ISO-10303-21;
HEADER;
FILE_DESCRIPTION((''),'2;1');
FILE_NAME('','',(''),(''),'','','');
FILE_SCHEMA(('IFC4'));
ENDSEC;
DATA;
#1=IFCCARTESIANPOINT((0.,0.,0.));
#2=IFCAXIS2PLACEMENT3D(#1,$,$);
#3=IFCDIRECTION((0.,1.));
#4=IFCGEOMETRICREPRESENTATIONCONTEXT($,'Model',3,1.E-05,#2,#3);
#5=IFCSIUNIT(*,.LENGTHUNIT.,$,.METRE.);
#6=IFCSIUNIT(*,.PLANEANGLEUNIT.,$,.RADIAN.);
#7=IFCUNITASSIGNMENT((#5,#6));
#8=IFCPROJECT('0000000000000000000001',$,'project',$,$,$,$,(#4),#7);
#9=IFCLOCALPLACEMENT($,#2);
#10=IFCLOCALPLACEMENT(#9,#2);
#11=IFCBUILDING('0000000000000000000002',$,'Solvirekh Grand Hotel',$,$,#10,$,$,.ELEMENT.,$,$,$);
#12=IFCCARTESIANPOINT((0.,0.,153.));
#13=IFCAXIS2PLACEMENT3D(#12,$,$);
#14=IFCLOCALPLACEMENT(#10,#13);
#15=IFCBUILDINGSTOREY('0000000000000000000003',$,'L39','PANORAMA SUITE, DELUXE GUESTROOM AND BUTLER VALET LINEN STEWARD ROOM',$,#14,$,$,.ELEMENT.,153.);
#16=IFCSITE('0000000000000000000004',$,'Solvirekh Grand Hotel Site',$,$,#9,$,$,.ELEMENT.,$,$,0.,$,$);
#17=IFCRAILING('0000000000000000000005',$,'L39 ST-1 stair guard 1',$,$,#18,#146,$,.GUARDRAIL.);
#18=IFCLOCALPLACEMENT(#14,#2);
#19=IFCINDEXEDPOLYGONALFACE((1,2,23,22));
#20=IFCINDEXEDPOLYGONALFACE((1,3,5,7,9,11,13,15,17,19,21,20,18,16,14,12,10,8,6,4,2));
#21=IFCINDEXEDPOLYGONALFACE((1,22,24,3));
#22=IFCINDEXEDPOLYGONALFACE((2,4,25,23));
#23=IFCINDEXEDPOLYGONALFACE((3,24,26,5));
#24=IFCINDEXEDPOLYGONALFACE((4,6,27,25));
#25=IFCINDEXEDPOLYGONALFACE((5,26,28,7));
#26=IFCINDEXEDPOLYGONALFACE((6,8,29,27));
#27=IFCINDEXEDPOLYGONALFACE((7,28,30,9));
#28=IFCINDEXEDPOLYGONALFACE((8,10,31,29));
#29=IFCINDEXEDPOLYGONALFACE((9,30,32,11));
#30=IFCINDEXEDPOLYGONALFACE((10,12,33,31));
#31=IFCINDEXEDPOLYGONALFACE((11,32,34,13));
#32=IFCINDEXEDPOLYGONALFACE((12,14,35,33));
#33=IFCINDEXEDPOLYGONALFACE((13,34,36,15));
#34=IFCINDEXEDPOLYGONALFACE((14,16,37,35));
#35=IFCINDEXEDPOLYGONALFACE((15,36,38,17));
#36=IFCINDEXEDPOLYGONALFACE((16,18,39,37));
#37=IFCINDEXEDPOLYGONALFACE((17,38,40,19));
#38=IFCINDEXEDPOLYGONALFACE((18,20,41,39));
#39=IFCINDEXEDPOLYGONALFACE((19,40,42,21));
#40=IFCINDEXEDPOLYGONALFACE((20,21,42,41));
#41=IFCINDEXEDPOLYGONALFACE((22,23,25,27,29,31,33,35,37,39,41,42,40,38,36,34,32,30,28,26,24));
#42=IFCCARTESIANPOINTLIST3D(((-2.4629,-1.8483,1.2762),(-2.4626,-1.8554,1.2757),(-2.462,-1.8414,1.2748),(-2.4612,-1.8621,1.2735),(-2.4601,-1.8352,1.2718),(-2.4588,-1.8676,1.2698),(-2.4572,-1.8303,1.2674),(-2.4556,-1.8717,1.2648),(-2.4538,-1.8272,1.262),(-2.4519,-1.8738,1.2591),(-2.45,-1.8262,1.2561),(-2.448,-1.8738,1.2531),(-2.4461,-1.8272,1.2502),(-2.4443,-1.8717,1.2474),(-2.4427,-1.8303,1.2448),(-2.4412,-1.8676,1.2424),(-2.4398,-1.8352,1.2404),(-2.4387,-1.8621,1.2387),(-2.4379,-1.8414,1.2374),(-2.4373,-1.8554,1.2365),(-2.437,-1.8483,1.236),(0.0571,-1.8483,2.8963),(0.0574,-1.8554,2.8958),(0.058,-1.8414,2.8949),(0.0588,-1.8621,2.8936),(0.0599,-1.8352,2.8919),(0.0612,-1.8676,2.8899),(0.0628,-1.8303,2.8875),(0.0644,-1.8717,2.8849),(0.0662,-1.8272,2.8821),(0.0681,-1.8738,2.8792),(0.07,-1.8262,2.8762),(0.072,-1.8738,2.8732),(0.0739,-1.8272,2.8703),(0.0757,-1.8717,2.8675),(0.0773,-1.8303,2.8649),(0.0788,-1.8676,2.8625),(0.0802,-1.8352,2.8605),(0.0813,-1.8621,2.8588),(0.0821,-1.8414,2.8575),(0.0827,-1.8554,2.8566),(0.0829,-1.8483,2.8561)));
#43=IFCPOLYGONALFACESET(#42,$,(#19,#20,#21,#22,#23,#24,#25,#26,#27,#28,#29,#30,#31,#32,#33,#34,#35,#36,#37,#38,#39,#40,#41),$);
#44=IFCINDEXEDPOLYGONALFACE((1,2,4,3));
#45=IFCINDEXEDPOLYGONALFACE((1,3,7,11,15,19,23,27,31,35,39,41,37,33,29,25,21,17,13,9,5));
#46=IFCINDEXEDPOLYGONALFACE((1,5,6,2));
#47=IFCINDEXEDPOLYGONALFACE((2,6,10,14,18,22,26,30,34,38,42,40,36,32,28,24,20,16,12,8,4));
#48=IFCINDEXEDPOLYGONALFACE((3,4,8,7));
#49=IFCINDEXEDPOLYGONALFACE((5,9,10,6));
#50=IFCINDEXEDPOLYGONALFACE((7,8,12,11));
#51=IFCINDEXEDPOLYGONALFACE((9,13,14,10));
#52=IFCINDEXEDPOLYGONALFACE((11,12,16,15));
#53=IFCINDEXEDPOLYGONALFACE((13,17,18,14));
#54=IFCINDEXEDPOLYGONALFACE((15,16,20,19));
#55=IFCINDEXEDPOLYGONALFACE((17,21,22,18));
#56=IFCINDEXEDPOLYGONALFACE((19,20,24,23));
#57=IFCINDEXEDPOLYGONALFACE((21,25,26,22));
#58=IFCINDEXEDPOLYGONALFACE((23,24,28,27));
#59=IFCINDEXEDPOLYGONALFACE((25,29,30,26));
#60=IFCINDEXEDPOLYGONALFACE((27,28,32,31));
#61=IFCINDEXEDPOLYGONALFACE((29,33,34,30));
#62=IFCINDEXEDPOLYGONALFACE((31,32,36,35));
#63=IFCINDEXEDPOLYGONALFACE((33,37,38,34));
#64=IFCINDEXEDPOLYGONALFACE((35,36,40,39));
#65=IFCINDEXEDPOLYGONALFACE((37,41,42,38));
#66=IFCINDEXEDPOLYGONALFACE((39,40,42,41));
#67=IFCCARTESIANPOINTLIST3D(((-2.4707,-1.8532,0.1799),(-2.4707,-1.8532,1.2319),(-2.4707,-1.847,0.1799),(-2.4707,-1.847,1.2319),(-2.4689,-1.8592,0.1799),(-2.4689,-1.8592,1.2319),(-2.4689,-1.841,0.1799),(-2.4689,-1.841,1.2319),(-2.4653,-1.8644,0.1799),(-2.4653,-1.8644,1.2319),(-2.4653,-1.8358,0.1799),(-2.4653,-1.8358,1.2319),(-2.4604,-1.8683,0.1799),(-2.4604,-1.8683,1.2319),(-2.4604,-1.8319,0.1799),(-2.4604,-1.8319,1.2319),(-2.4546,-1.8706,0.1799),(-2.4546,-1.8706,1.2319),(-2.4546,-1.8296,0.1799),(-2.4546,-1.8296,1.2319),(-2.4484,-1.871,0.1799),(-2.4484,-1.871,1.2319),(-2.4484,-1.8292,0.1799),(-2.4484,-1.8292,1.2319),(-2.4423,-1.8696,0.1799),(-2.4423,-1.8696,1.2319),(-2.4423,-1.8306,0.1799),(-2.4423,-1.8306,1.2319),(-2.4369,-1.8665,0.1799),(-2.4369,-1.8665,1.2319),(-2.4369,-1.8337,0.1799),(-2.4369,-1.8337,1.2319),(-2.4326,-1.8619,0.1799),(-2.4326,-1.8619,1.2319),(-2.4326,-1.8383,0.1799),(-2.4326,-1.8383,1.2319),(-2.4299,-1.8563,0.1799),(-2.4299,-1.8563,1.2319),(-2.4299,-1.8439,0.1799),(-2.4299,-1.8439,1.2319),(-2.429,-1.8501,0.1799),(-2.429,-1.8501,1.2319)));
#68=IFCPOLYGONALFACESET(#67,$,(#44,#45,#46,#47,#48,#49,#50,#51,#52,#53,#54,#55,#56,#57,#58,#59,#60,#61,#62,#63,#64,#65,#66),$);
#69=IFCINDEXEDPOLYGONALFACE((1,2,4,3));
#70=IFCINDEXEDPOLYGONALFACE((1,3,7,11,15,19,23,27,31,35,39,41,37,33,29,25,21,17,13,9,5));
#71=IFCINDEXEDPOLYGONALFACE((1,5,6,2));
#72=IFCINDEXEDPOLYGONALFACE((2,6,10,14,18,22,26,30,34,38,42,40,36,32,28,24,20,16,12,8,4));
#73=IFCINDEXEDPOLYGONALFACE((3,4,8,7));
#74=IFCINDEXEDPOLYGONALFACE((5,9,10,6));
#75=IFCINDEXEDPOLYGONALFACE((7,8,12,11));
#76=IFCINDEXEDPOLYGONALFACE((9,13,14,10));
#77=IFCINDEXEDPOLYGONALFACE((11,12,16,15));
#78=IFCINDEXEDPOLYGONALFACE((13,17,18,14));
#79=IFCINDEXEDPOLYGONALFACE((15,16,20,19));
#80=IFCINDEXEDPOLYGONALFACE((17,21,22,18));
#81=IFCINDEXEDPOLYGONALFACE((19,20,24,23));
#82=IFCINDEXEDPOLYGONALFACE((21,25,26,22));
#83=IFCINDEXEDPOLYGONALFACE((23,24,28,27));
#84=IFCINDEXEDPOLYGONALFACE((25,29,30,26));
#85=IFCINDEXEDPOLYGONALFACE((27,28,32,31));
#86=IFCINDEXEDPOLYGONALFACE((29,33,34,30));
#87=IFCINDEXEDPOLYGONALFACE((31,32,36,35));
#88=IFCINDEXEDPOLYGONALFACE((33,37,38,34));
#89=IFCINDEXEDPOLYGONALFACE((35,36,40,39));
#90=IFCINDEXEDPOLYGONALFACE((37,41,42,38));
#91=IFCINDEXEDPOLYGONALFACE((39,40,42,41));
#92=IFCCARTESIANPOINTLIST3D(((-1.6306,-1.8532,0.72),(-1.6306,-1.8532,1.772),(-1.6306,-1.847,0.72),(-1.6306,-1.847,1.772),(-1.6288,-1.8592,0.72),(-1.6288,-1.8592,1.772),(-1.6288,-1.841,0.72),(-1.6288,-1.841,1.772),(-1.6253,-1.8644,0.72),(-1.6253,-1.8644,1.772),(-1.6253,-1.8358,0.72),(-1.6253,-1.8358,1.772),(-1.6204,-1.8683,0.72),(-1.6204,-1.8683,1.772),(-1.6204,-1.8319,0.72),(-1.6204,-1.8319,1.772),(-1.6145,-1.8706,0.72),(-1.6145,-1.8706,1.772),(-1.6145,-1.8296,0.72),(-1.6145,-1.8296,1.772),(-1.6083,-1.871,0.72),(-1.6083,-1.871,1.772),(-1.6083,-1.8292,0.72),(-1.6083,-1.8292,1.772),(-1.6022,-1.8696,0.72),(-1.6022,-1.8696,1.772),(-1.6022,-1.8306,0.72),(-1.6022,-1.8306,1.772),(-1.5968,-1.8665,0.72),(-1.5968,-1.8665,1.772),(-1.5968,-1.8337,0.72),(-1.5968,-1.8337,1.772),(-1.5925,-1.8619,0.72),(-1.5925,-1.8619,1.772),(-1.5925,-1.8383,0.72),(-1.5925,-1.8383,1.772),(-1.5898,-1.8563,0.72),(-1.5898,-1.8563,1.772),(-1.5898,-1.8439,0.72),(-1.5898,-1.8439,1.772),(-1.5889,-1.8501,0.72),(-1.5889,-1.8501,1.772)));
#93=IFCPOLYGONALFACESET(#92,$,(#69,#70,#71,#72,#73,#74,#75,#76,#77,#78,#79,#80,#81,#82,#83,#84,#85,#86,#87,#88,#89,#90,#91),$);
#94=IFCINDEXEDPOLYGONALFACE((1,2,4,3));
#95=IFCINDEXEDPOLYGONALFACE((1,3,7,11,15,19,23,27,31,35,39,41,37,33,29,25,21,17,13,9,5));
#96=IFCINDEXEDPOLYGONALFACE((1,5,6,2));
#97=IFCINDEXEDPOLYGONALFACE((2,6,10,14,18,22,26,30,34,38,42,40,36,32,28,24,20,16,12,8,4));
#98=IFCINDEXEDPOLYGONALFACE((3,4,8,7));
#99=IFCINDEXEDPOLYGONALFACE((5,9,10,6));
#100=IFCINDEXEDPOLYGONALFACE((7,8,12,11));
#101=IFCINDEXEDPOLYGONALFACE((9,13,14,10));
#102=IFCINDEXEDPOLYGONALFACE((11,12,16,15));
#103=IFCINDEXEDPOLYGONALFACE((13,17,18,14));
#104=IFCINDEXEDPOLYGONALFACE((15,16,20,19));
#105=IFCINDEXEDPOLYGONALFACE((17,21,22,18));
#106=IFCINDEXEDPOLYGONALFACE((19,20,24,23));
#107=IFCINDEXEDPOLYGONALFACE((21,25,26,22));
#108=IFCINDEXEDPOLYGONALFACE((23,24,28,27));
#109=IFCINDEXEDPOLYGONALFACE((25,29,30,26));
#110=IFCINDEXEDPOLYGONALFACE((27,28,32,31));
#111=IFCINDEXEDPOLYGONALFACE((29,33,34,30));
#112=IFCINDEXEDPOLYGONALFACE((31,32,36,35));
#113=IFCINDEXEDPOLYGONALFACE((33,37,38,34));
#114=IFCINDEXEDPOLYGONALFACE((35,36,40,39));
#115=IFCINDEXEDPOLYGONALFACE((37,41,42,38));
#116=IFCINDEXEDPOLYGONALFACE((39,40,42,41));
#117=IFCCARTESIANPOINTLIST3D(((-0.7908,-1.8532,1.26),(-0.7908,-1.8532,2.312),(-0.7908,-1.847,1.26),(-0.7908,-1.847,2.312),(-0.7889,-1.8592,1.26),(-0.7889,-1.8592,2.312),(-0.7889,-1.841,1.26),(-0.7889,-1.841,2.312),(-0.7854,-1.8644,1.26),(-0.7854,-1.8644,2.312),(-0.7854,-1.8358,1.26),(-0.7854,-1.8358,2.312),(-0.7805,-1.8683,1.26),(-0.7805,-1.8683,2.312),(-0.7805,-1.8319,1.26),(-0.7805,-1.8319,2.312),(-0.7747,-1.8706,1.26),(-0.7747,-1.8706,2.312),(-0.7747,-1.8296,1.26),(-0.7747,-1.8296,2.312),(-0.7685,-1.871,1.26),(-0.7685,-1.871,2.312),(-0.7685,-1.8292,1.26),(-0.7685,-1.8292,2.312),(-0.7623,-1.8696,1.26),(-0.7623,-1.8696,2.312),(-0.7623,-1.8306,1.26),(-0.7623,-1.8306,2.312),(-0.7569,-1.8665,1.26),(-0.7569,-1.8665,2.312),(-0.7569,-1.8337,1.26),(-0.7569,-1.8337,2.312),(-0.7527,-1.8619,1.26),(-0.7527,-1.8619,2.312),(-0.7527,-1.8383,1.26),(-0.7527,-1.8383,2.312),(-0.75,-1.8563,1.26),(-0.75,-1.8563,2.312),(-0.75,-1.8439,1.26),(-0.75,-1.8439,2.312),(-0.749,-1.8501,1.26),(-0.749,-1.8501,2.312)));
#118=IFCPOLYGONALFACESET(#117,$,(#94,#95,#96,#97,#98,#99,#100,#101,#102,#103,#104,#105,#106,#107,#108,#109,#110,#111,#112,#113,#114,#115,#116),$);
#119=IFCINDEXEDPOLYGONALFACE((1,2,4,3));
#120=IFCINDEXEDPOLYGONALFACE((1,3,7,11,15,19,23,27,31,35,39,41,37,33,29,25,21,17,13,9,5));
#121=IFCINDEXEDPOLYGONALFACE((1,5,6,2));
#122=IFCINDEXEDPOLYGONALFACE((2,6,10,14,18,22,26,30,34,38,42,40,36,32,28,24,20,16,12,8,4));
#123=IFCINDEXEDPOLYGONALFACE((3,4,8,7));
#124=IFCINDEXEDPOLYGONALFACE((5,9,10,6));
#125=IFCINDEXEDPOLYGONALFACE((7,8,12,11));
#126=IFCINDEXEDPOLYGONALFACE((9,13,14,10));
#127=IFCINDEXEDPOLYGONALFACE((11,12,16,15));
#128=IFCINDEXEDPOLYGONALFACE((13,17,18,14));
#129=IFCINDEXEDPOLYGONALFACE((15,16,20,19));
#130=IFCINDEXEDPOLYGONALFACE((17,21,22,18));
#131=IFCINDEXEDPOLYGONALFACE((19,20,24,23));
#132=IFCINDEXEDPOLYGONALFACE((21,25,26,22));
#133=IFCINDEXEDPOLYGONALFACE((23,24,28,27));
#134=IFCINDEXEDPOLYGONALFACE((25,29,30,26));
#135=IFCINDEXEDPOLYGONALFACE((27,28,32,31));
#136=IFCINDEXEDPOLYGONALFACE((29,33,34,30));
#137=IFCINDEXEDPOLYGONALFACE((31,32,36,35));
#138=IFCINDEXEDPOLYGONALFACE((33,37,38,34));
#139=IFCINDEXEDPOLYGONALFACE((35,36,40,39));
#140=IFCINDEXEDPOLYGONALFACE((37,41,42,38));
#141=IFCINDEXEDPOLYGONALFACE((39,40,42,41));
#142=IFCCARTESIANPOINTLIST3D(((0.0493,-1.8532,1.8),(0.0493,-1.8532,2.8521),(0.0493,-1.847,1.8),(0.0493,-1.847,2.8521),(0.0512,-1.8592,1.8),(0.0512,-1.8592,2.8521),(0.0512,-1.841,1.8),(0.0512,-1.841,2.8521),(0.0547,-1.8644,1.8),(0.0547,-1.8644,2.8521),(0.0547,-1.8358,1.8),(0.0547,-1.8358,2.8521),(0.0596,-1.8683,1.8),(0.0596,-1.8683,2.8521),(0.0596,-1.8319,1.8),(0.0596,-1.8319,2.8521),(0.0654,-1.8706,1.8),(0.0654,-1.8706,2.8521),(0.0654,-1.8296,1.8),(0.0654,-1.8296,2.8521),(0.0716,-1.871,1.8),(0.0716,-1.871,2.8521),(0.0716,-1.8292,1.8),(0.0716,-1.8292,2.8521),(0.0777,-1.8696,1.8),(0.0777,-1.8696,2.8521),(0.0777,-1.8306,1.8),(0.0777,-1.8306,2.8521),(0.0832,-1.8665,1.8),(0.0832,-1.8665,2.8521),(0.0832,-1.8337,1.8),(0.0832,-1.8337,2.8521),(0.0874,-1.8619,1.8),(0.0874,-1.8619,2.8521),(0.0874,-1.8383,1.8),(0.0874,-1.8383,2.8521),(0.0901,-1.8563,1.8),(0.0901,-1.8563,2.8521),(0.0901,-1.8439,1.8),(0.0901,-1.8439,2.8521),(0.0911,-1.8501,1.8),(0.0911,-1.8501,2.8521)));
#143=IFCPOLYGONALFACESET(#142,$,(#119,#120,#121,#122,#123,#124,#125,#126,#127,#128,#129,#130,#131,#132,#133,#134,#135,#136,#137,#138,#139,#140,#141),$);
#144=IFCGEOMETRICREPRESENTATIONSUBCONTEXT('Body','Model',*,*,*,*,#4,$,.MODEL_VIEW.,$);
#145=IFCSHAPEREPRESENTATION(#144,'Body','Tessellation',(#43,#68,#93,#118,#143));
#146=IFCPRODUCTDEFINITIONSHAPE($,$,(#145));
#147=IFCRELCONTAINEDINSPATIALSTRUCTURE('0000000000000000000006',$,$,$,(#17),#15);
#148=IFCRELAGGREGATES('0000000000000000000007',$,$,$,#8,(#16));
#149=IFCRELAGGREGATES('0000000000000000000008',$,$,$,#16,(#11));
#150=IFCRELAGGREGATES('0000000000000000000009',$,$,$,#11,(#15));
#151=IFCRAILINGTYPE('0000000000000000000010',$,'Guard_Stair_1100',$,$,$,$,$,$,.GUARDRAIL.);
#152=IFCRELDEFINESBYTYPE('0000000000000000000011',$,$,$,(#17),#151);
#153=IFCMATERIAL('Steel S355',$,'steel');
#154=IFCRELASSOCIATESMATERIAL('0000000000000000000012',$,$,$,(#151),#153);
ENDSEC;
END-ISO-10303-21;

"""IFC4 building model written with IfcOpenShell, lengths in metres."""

from ifc_helpers import new_model, si_unit, direction, frame, origin, origin_2d, place, context, subcontext, project, spatial, circle, extrude, material, type_object, element, save


model = new_model("IFC4")

# Units and contexts
model_context = context("Model", 3, precision=1e-05, world=origin(), true_north=direction((0.0, 1.0)))
body_context = subcontext(model_context, "Body", "Model", "MODEL_VIEW")
ifc_project = project(units=[si_unit("LENGTHUNIT", "METRE"), si_unit("PLANEANGLEUNIT", "RADIAN")], contexts=[model_context])

# Site, building, storey
site_placement = place(None, origin())
site = spatial("IfcSite", under=ifc_project, at=site_placement, Name="Solvirekh Grand Hotel Site", CompositionType="ELEMENT", RefElevation=0.0)
building_placement = place(site_placement, origin())
building = spatial("IfcBuilding", under=site, at=building_placement, Name="Solvirekh Grand Hotel", CompositionType="ELEMENT")
storey_placement = place(building_placement, frame((0.0, 0.0, 153.0)))
storey = spatial("IfcBuildingStorey", under=building, at=storey_placement, Name="L39", Description="PANORAMA SUITE, DELUXE GUESTROOM AND BUTLER VALET LINEN STEWARD ROOM", CompositionType="ELEMENT", Elevation=153.0)

# Railing
ifc_material_1 = material(Name="Steel S355", Category="steel")
railing_type_1 = type_object("IfcRailingType", Name="Guard_Stair_1100", PredefinedType="GUARDRAIL", material=ifc_material_1)
railing_1_placement = place(storey_placement, frame((-2.45, -1.8501, 0.1799)))
element("IfcRailing", 1, at=railing_1_placement, inside=storey, type_object=railing_type_1, Name="L39 ST-1 stair guard 1", PredefinedType="GUARDRAIL", context=body_context, shape_type="SweptSolid", body=[
    extrude(circle(Radius=0.0239, at=origin_2d()), frame((0.0, 0.0, 1.0762), z_axis=(0.841163, 0.0, 0.540782), x_axis=(0.0, 1.0, 0.0)), (0.0, 0.0, 1.0), 2.9958),
    extrude(circle(Radius=0.021, at=origin_2d()), origin(), (0.0, 0.0, 1.0), 1.052),
    extrude(circle(Radius=0.021, at=origin_2d()), frame((0.8401, 0.0, 0.54)), (0.0, 0.0, 1.0), 1.052),
    extrude(circle(Radius=0.021, at=origin_2d()), frame((1.6799, 0.0, 1.0801)), (0.0, 0.0, 1.0), 1.052),
    extrude(circle(Radius=0.021, at=origin_2d()), frame((2.52, 0.0, 1.6201)), (0.0, 0.0, 1.0), 1.052),
])

save(model, "model.ifc")
